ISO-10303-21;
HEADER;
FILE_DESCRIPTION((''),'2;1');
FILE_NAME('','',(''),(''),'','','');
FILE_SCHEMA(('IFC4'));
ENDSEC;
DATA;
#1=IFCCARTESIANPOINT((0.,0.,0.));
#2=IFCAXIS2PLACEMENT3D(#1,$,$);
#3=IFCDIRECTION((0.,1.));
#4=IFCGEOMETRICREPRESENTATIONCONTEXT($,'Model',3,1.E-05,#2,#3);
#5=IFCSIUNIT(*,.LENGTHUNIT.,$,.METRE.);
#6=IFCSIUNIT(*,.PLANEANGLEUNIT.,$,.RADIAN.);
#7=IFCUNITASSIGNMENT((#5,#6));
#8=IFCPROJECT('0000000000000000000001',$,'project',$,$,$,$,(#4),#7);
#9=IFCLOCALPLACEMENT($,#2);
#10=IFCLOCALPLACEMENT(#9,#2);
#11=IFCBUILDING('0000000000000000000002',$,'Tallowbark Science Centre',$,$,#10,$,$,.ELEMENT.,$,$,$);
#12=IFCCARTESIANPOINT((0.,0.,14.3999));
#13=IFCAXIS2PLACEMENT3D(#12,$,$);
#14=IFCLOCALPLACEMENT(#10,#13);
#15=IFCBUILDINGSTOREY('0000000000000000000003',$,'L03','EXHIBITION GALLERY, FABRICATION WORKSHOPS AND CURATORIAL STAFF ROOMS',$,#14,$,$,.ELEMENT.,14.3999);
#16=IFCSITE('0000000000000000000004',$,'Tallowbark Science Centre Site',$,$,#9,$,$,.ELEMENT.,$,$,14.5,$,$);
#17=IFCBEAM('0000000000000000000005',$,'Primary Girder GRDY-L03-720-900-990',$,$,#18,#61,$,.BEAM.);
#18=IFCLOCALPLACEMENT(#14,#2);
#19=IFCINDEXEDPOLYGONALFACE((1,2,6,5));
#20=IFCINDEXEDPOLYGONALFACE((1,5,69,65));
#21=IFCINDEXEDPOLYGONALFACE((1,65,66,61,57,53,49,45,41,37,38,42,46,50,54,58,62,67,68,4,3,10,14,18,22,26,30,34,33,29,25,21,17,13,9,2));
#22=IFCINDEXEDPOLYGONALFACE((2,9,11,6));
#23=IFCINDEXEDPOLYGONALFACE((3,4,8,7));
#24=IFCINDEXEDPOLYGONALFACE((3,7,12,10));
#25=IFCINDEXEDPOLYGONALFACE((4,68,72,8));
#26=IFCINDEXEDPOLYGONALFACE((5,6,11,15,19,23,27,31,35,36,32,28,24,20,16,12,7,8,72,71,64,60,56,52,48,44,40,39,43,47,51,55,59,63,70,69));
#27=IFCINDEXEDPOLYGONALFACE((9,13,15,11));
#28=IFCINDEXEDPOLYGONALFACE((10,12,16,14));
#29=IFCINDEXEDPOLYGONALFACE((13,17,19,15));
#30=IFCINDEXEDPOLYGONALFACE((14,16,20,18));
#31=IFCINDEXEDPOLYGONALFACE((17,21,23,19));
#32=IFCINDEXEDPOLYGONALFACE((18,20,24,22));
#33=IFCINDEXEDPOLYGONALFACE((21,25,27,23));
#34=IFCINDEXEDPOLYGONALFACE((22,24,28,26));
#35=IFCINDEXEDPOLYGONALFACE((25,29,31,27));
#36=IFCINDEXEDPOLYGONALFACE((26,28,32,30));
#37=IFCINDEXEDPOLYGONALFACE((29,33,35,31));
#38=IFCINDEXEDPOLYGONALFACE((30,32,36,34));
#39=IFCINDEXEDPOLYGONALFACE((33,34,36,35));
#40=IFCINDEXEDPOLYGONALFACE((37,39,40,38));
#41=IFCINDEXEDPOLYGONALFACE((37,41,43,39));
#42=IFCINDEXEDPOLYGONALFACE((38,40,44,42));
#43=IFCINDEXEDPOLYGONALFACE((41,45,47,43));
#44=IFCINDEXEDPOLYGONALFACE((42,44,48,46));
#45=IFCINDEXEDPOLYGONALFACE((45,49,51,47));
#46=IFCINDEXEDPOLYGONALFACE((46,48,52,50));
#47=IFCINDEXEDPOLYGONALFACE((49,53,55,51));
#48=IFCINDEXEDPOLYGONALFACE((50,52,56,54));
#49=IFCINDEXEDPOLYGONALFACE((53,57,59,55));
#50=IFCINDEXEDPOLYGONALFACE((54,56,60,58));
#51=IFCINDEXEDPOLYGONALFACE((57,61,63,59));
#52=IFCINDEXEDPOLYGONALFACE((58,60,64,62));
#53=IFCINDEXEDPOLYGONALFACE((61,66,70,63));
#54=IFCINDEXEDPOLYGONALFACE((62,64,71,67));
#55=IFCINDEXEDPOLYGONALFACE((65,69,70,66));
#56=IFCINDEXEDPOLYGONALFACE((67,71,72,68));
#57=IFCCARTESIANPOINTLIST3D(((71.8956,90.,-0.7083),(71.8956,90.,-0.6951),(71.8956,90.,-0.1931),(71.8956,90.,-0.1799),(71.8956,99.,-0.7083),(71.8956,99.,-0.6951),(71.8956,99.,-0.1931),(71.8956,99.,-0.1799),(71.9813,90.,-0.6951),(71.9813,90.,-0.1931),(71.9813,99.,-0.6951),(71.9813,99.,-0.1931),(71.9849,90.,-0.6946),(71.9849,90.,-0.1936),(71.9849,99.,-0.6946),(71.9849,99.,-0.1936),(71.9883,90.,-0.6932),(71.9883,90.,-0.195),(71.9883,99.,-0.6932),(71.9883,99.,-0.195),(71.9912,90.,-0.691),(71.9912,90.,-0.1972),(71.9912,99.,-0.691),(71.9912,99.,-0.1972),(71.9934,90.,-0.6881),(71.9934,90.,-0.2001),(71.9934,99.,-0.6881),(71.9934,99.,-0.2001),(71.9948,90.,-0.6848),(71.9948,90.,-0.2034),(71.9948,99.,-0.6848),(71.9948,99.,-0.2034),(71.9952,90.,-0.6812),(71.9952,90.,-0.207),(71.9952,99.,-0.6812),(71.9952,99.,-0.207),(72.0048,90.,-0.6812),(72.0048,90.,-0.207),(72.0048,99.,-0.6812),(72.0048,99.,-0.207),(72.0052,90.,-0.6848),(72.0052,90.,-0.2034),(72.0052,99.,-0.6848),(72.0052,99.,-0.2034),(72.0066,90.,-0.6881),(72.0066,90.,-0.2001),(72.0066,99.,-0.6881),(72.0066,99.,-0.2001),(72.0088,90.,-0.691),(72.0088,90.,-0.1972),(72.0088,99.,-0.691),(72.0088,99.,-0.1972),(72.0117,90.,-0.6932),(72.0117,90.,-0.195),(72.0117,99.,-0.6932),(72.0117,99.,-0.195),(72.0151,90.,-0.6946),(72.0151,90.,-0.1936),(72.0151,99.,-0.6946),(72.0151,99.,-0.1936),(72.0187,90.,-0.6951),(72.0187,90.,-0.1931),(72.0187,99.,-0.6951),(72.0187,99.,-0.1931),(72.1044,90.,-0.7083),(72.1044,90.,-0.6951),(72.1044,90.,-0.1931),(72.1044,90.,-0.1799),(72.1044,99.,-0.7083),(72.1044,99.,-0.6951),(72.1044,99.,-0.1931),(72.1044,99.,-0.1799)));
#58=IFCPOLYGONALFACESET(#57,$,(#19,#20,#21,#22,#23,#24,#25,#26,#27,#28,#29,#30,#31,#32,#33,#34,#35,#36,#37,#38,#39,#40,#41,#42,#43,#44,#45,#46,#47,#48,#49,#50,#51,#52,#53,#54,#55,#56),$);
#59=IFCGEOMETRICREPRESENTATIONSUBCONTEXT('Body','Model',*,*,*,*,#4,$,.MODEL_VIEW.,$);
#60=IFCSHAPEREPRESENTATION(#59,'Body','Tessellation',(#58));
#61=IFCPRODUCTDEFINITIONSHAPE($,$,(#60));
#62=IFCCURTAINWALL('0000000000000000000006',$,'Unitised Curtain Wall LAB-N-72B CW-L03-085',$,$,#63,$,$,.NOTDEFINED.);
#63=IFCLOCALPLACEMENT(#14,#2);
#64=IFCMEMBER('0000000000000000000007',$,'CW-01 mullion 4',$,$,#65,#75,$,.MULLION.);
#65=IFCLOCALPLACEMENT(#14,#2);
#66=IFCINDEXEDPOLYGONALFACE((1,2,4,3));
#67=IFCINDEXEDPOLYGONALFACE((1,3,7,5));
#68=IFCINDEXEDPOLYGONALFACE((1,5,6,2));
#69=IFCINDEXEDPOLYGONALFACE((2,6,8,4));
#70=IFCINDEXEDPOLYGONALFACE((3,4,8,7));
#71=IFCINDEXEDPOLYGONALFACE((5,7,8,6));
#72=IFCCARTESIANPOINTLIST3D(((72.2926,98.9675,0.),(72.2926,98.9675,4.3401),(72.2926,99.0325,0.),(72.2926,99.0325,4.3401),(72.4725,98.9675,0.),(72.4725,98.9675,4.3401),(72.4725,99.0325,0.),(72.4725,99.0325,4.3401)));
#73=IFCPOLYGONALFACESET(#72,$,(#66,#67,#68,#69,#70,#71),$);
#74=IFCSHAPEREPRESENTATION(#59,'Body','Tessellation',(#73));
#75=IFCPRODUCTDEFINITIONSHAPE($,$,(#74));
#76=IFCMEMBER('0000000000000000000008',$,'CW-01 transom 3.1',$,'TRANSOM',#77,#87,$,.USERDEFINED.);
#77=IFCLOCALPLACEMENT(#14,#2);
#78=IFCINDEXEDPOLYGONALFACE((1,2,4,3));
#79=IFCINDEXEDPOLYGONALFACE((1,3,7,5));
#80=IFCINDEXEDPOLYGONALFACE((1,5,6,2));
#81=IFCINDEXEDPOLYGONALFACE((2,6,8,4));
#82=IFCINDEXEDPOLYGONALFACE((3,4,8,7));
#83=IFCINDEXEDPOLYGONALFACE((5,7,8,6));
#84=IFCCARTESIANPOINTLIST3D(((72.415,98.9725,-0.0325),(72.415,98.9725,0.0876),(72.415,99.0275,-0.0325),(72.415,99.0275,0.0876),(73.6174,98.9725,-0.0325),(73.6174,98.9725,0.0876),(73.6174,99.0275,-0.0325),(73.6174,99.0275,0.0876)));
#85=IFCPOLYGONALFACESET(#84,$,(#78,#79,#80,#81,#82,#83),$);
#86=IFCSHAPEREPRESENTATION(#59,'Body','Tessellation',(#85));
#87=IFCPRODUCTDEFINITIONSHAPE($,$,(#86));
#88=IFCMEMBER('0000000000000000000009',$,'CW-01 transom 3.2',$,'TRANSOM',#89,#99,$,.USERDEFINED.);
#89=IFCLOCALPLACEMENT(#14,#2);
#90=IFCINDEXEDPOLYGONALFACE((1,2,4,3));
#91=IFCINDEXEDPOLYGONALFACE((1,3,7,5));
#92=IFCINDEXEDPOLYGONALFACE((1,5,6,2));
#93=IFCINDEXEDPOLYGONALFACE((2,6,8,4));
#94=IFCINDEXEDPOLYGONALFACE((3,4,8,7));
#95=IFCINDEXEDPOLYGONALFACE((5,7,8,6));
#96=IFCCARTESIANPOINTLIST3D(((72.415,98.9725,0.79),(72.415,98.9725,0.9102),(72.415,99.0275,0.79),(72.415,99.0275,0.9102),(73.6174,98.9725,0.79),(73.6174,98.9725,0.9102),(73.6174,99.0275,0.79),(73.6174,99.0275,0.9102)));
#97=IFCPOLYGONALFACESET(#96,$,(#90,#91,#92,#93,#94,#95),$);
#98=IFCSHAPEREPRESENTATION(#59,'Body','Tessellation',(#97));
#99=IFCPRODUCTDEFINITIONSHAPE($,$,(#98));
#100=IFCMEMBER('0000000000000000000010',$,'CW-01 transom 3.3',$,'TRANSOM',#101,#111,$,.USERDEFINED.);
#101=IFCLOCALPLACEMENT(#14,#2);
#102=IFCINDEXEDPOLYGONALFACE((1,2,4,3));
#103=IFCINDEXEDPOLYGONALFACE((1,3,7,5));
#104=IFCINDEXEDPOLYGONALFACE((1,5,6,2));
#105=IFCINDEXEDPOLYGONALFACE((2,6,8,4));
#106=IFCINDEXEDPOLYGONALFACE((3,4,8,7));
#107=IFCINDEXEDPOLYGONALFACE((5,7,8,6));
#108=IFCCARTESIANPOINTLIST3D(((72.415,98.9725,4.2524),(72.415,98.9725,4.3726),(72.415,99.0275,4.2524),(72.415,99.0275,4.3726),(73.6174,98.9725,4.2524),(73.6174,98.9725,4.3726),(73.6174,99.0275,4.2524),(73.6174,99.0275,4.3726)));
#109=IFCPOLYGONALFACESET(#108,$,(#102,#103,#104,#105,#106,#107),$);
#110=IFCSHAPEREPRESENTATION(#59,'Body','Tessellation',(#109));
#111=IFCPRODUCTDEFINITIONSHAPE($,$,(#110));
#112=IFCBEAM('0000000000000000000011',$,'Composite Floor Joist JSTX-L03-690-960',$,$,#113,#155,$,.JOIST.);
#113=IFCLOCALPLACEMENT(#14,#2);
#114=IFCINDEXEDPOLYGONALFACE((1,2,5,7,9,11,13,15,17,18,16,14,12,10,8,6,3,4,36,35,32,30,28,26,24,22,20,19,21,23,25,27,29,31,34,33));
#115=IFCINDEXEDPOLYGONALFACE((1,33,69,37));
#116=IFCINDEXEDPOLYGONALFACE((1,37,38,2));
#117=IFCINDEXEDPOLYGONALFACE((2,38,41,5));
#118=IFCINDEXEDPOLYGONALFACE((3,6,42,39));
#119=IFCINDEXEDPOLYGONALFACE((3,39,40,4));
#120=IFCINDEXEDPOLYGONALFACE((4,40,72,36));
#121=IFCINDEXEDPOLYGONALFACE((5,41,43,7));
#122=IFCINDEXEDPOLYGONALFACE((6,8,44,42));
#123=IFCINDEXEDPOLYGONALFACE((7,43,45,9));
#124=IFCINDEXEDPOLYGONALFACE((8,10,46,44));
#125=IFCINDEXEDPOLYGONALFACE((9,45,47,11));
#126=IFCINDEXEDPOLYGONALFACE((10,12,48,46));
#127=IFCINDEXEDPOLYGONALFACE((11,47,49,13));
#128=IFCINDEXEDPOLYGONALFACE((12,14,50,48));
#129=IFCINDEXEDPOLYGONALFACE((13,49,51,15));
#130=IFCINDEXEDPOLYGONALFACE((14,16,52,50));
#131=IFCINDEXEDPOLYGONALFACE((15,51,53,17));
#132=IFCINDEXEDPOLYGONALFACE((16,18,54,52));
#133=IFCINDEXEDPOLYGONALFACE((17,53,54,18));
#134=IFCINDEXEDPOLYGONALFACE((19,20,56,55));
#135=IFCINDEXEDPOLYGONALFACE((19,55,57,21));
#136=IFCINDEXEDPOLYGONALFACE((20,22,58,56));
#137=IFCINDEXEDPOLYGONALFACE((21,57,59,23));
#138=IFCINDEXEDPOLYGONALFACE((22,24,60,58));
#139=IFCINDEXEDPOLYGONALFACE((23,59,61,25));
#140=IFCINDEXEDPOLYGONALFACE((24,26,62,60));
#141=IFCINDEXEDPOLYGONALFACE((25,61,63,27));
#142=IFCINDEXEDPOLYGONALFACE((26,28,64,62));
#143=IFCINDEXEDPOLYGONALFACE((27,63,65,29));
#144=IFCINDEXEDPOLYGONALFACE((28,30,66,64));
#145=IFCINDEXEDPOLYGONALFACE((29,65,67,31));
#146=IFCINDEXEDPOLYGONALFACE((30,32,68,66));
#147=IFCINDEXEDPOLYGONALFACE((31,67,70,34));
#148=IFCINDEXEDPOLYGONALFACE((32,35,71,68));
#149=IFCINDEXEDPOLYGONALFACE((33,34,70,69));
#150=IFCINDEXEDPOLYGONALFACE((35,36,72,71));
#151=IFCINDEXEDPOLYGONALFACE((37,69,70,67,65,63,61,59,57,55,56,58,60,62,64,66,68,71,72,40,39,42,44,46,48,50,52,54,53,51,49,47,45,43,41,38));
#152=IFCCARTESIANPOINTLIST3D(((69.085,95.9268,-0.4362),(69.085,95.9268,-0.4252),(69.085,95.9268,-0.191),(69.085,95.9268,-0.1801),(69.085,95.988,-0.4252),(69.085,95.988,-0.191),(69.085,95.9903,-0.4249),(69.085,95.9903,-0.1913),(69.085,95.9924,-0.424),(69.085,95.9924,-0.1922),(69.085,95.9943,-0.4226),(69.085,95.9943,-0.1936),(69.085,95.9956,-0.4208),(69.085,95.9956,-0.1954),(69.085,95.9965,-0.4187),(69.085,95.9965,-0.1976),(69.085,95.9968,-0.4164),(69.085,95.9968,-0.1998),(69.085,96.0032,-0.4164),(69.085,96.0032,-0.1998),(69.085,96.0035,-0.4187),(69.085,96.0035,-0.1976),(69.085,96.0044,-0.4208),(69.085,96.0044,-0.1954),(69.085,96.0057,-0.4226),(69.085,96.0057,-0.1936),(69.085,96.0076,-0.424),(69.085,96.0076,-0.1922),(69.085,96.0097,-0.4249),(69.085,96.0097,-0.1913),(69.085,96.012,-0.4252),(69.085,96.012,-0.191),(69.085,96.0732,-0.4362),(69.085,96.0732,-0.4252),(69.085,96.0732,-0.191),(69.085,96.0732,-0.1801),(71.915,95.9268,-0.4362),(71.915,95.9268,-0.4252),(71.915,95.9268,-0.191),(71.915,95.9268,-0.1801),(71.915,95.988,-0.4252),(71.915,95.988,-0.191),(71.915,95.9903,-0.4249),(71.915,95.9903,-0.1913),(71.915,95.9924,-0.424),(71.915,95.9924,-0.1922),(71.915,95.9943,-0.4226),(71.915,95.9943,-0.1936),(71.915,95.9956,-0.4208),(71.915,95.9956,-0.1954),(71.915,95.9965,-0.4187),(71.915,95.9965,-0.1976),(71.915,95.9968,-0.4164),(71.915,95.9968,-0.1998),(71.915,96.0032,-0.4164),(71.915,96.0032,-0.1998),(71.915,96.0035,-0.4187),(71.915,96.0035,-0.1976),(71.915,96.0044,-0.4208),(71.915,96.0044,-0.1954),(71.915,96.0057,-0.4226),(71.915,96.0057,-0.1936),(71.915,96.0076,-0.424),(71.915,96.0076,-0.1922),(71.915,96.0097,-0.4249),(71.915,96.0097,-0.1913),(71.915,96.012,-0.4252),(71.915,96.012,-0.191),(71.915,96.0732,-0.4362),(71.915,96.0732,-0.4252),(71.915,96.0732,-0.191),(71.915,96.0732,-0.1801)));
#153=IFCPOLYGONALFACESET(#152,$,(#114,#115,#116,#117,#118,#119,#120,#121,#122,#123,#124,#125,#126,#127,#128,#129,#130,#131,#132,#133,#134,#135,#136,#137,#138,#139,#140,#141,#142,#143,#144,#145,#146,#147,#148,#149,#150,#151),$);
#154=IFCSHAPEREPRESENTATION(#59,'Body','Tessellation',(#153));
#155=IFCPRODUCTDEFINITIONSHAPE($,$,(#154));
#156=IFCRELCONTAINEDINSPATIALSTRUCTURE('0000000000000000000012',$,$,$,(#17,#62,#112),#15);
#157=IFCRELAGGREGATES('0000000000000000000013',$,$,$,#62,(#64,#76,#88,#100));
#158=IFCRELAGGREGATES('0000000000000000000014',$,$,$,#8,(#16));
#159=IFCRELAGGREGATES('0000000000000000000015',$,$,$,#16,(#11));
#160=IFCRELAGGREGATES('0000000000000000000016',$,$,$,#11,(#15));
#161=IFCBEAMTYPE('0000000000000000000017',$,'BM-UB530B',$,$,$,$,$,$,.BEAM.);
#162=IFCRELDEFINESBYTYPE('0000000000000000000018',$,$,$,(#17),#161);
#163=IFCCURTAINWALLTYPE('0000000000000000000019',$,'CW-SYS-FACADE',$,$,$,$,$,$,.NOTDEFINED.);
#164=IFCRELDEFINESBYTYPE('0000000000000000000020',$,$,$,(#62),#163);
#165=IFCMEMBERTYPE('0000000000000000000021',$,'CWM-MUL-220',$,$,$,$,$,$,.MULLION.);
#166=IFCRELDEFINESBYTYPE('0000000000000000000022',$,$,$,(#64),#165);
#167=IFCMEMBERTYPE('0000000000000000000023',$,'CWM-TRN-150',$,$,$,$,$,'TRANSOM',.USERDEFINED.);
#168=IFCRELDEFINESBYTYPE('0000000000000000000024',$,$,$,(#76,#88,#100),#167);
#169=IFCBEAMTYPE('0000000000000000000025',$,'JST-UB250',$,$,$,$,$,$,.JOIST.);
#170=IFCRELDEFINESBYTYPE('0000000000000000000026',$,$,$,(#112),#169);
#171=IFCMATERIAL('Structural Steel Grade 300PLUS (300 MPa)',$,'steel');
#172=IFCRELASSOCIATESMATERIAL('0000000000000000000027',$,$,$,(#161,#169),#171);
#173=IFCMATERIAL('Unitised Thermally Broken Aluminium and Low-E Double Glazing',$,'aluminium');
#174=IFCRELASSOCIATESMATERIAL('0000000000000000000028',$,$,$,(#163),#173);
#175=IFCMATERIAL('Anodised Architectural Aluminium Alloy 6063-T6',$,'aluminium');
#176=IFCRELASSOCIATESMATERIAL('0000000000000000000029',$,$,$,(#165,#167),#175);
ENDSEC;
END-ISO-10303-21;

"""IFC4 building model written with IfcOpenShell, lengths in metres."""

from ifc_helpers import new_model, si_unit, direction, frame, origin, origin_2d, place, context, subcontext, project, spatial, rectangle, i_section, extrude, material, material_profile, profile_set, type_object, element, aggregate, save


model = new_model("IFC4")

# Units and contexts
model_context = context("Model", 3, precision=1e-05, world=origin(), true_north=direction((0.0, 1.0)))
body_context = subcontext(model_context, "Body", "Model", "MODEL_VIEW")
ifc_project = project(units=[si_unit("LENGTHUNIT", "METRE"), si_unit("PLANEANGLEUNIT", "RADIAN")], contexts=[model_context])

# Site, building, storey
site_placement = place(None, origin())
site = spatial("IfcSite", under=ifc_project, at=site_placement, Name="Tallowbark Science Centre Site", CompositionType="ELEMENT", RefElevation=14.5)
building_placement = place(site_placement, origin())
building = spatial("IfcBuilding", under=site, at=building_placement, Name="Tallowbark Science Centre", CompositionType="ELEMENT")
storey_placement = place(building_placement, frame((0.0, 0.0, 14.3999)))
storey = spatial("IfcBuildingStorey", under=building, at=storey_placement, Name="L03", Description="EXHIBITION GALLERY, FABRICATION WORKSHOPS AND CURATORIAL STAFF ROOMS", CompositionType="ELEMENT", Elevation=14.3999)

# Shared definitions
ifc_material_1 = material(Name="Structural Steel Grade 300PLUS (300 MPa)", Category="steel")

# Beam
ifc_material_profile_1 = material_profile(ifc_material_1, i_section(OverallWidth=0.2087, OverallDepth=0.5283, WebThickness=0.0095, FlangeThickness=0.0132, FilletRadius=0.0139, at=origin_2d()), Name="530UB82.0")
ifc_profile_set_1 = profile_set([ifc_material_profile_1], Name="Structural Steel Grade 300PLUS (300 MPa)")
beam_type_1 = type_object("IfcBeamType", Name="BM-UB530B", PredefinedType="BEAM", material=ifc_profile_set_1)
beam_1_placement = place(storey_placement, frame((72.0, 90.0, -0.4441), z_axis=(0.0, 1.0, 0.0), x_axis=(-1.0, 0.0, 0.0)))
element("IfcBeam", 1, at=beam_1_placement, inside=storey, type_object=beam_type_1, Name="Primary Girder GRDY-L03-720-900-990", PredefinedType="BEAM", context=body_context, shape_type="SweptSolid", body=[
    extrude(i_section(OverallWidth=0.2087, OverallDepth=0.5283, WebThickness=0.0095, FlangeThickness=0.0132, FilletRadius=0.0139, at=origin_2d()), origin(), (0.0, 0.0, 1.0), 9.0),
])

# Curtain wall, members
ifc_material_2 = material(Name="Unitised Thermally Broken Aluminium and Low-E Double Glazing", Category="aluminium")
curtain_wall_type = type_object("IfcCurtainWallType", Name="CW-SYS-FACADE", PredefinedType="NOTDEFINED", material=ifc_material_2)
curtain_wall_placement = place(storey_placement, origin())
curtain_wall = element("IfcCurtainWall", 2, at=curtain_wall_placement, inside=storey, type_object=curtain_wall_type, Name="Unitised Curtain Wall LAB-N-72B CW-L03-085", PredefinedType="NOTDEFINED")
ifc_material_3 = material(Name="Anodised Architectural Aluminium Alloy 6063-T6", Category="aluminium")
ifc_material_profile_2 = material_profile(ifc_material_3, rectangle(XDim=0.0649, YDim=0.1799, at=origin_2d()), Name="ALU65x180")
ifc_profile_set_2 = profile_set([ifc_material_profile_2], Name="Anodised Architectural Aluminium Alloy 6063-T6")
member_type_1 = type_object("IfcMemberType", Name="CWM-MUL-220", PredefinedType="MULLION", material=ifc_profile_set_2)
member_1_placement = place(storey_placement, frame((72.3826, 99.0, 0.0), z_axis=(0.0, 0.0, 1.0), x_axis=(0.0, -1.0, 0.0)))
member_1 = element("IfcMember", 3, at=member_1_placement, type_object=member_type_1, Name="CW-01 mullion 4", PredefinedType="MULLION", context=body_context, shape_type="SweptSolid", body=[
    extrude(rectangle(XDim=0.0649, YDim=0.1799, at=origin_2d()), origin(), (0.0, 0.0, 1.0), 4.3401),
])
ifc_material_profile_3 = material_profile(ifc_material_3, rectangle(XDim=0.0549, YDim=0.1201, at=origin_2d()), Name="ALU55x120")
ifc_profile_set_3 = profile_set([ifc_material_profile_3], Name="Anodised Architectural Aluminium Alloy 6063-T6")
member_type_2 = type_object("IfcMemberType", Name="CWM-TRN-150", ElementType="TRANSOM", PredefinedType="USERDEFINED", material=ifc_profile_set_3)
member_2_placement = place(storey_placement, frame((73.6174, 99.0, 0.0276), z_axis=(-1.0, 0.0, 0.0), x_axis=(0.0, -1.0, 0.0)))
member_2 = element("IfcMember", 4, at=member_2_placement, type_object=member_type_2, Name="CW-01 transom 3.1", ObjectType="TRANSOM", PredefinedType="USERDEFINED", context=body_context, shape_type="SweptSolid", body=[
    extrude(rectangle(XDim=0.0549, YDim=0.1201, at=origin_2d()), origin(), (0.0, 0.0, 1.0), 1.2024),
])
member_3_placement = place(storey_placement, frame((73.6174, 99.0, 0.8501), z_axis=(-1.0, 0.0, 0.0), x_axis=(0.0, -1.0, 0.0)))
member_3 = element("IfcMember", 5, at=member_3_placement, type_object=member_type_2, Name="CW-01 transom 3.2", ObjectType="TRANSOM", PredefinedType="USERDEFINED", context=body_context, shape_type="SweptSolid", body=[
    extrude(rectangle(XDim=0.0549, YDim=0.1201, at=origin_2d()), origin(), (0.0, 0.0, 1.0), 1.2024),
])
member_4_placement = place(storey_placement, frame((73.6174, 99.0, 4.3125), z_axis=(-1.0, 0.0, 0.0), x_axis=(0.0, -1.0, 0.0)))
member_4 = element("IfcMember", 6, at=member_4_placement, type_object=member_type_2, Name="CW-01 transom 3.3", ObjectType="TRANSOM", PredefinedType="USERDEFINED", context=body_context, shape_type="SweptSolid", body=[
    extrude(rectangle(XDim=0.0549, YDim=0.1201, at=origin_2d()), origin(), (0.0, 0.0, 1.0), 1.2024),
])

# Beam
ifc_material_profile_4 = material_profile(ifc_material_1, i_section(OverallWidth=0.1465, OverallDepth=0.2561, WebThickness=0.0063, FlangeThickness=0.011, FilletRadius=0.0088, at=origin_2d()), Name="250UB37.3")
ifc_profile_set_4 = profile_set([ifc_material_profile_4], Name="Structural Steel Grade 300PLUS (300 MPa)")
beam_type_2 = type_object("IfcBeamType", Name="JST-UB250", PredefinedType="JOIST", material=ifc_profile_set_4)
beam_2_placement = place(storey_placement, frame((69.085, 96.0, -0.3081), z_axis=(1.0, 0.0, 0.0), x_axis=(0.0, 1.0, 0.0)))
element("IfcBeam", 7, at=beam_2_placement, inside=storey, type_object=beam_type_2, Name="Composite Floor Joist JSTX-L03-690-960", PredefinedType="JOIST", context=body_context, shape_type="SweptSolid", body=[
    extrude(i_section(OverallWidth=0.1465, OverallDepth=0.2561, WebThickness=0.0063, FlangeThickness=0.011, FilletRadius=0.0088, at=origin_2d()), origin(), (0.0, 0.0, 1.0), 2.8301),
])

aggregate(curtain_wall, [member_1, member_2, member_3, member_4])

save(model, "model.ifc")
